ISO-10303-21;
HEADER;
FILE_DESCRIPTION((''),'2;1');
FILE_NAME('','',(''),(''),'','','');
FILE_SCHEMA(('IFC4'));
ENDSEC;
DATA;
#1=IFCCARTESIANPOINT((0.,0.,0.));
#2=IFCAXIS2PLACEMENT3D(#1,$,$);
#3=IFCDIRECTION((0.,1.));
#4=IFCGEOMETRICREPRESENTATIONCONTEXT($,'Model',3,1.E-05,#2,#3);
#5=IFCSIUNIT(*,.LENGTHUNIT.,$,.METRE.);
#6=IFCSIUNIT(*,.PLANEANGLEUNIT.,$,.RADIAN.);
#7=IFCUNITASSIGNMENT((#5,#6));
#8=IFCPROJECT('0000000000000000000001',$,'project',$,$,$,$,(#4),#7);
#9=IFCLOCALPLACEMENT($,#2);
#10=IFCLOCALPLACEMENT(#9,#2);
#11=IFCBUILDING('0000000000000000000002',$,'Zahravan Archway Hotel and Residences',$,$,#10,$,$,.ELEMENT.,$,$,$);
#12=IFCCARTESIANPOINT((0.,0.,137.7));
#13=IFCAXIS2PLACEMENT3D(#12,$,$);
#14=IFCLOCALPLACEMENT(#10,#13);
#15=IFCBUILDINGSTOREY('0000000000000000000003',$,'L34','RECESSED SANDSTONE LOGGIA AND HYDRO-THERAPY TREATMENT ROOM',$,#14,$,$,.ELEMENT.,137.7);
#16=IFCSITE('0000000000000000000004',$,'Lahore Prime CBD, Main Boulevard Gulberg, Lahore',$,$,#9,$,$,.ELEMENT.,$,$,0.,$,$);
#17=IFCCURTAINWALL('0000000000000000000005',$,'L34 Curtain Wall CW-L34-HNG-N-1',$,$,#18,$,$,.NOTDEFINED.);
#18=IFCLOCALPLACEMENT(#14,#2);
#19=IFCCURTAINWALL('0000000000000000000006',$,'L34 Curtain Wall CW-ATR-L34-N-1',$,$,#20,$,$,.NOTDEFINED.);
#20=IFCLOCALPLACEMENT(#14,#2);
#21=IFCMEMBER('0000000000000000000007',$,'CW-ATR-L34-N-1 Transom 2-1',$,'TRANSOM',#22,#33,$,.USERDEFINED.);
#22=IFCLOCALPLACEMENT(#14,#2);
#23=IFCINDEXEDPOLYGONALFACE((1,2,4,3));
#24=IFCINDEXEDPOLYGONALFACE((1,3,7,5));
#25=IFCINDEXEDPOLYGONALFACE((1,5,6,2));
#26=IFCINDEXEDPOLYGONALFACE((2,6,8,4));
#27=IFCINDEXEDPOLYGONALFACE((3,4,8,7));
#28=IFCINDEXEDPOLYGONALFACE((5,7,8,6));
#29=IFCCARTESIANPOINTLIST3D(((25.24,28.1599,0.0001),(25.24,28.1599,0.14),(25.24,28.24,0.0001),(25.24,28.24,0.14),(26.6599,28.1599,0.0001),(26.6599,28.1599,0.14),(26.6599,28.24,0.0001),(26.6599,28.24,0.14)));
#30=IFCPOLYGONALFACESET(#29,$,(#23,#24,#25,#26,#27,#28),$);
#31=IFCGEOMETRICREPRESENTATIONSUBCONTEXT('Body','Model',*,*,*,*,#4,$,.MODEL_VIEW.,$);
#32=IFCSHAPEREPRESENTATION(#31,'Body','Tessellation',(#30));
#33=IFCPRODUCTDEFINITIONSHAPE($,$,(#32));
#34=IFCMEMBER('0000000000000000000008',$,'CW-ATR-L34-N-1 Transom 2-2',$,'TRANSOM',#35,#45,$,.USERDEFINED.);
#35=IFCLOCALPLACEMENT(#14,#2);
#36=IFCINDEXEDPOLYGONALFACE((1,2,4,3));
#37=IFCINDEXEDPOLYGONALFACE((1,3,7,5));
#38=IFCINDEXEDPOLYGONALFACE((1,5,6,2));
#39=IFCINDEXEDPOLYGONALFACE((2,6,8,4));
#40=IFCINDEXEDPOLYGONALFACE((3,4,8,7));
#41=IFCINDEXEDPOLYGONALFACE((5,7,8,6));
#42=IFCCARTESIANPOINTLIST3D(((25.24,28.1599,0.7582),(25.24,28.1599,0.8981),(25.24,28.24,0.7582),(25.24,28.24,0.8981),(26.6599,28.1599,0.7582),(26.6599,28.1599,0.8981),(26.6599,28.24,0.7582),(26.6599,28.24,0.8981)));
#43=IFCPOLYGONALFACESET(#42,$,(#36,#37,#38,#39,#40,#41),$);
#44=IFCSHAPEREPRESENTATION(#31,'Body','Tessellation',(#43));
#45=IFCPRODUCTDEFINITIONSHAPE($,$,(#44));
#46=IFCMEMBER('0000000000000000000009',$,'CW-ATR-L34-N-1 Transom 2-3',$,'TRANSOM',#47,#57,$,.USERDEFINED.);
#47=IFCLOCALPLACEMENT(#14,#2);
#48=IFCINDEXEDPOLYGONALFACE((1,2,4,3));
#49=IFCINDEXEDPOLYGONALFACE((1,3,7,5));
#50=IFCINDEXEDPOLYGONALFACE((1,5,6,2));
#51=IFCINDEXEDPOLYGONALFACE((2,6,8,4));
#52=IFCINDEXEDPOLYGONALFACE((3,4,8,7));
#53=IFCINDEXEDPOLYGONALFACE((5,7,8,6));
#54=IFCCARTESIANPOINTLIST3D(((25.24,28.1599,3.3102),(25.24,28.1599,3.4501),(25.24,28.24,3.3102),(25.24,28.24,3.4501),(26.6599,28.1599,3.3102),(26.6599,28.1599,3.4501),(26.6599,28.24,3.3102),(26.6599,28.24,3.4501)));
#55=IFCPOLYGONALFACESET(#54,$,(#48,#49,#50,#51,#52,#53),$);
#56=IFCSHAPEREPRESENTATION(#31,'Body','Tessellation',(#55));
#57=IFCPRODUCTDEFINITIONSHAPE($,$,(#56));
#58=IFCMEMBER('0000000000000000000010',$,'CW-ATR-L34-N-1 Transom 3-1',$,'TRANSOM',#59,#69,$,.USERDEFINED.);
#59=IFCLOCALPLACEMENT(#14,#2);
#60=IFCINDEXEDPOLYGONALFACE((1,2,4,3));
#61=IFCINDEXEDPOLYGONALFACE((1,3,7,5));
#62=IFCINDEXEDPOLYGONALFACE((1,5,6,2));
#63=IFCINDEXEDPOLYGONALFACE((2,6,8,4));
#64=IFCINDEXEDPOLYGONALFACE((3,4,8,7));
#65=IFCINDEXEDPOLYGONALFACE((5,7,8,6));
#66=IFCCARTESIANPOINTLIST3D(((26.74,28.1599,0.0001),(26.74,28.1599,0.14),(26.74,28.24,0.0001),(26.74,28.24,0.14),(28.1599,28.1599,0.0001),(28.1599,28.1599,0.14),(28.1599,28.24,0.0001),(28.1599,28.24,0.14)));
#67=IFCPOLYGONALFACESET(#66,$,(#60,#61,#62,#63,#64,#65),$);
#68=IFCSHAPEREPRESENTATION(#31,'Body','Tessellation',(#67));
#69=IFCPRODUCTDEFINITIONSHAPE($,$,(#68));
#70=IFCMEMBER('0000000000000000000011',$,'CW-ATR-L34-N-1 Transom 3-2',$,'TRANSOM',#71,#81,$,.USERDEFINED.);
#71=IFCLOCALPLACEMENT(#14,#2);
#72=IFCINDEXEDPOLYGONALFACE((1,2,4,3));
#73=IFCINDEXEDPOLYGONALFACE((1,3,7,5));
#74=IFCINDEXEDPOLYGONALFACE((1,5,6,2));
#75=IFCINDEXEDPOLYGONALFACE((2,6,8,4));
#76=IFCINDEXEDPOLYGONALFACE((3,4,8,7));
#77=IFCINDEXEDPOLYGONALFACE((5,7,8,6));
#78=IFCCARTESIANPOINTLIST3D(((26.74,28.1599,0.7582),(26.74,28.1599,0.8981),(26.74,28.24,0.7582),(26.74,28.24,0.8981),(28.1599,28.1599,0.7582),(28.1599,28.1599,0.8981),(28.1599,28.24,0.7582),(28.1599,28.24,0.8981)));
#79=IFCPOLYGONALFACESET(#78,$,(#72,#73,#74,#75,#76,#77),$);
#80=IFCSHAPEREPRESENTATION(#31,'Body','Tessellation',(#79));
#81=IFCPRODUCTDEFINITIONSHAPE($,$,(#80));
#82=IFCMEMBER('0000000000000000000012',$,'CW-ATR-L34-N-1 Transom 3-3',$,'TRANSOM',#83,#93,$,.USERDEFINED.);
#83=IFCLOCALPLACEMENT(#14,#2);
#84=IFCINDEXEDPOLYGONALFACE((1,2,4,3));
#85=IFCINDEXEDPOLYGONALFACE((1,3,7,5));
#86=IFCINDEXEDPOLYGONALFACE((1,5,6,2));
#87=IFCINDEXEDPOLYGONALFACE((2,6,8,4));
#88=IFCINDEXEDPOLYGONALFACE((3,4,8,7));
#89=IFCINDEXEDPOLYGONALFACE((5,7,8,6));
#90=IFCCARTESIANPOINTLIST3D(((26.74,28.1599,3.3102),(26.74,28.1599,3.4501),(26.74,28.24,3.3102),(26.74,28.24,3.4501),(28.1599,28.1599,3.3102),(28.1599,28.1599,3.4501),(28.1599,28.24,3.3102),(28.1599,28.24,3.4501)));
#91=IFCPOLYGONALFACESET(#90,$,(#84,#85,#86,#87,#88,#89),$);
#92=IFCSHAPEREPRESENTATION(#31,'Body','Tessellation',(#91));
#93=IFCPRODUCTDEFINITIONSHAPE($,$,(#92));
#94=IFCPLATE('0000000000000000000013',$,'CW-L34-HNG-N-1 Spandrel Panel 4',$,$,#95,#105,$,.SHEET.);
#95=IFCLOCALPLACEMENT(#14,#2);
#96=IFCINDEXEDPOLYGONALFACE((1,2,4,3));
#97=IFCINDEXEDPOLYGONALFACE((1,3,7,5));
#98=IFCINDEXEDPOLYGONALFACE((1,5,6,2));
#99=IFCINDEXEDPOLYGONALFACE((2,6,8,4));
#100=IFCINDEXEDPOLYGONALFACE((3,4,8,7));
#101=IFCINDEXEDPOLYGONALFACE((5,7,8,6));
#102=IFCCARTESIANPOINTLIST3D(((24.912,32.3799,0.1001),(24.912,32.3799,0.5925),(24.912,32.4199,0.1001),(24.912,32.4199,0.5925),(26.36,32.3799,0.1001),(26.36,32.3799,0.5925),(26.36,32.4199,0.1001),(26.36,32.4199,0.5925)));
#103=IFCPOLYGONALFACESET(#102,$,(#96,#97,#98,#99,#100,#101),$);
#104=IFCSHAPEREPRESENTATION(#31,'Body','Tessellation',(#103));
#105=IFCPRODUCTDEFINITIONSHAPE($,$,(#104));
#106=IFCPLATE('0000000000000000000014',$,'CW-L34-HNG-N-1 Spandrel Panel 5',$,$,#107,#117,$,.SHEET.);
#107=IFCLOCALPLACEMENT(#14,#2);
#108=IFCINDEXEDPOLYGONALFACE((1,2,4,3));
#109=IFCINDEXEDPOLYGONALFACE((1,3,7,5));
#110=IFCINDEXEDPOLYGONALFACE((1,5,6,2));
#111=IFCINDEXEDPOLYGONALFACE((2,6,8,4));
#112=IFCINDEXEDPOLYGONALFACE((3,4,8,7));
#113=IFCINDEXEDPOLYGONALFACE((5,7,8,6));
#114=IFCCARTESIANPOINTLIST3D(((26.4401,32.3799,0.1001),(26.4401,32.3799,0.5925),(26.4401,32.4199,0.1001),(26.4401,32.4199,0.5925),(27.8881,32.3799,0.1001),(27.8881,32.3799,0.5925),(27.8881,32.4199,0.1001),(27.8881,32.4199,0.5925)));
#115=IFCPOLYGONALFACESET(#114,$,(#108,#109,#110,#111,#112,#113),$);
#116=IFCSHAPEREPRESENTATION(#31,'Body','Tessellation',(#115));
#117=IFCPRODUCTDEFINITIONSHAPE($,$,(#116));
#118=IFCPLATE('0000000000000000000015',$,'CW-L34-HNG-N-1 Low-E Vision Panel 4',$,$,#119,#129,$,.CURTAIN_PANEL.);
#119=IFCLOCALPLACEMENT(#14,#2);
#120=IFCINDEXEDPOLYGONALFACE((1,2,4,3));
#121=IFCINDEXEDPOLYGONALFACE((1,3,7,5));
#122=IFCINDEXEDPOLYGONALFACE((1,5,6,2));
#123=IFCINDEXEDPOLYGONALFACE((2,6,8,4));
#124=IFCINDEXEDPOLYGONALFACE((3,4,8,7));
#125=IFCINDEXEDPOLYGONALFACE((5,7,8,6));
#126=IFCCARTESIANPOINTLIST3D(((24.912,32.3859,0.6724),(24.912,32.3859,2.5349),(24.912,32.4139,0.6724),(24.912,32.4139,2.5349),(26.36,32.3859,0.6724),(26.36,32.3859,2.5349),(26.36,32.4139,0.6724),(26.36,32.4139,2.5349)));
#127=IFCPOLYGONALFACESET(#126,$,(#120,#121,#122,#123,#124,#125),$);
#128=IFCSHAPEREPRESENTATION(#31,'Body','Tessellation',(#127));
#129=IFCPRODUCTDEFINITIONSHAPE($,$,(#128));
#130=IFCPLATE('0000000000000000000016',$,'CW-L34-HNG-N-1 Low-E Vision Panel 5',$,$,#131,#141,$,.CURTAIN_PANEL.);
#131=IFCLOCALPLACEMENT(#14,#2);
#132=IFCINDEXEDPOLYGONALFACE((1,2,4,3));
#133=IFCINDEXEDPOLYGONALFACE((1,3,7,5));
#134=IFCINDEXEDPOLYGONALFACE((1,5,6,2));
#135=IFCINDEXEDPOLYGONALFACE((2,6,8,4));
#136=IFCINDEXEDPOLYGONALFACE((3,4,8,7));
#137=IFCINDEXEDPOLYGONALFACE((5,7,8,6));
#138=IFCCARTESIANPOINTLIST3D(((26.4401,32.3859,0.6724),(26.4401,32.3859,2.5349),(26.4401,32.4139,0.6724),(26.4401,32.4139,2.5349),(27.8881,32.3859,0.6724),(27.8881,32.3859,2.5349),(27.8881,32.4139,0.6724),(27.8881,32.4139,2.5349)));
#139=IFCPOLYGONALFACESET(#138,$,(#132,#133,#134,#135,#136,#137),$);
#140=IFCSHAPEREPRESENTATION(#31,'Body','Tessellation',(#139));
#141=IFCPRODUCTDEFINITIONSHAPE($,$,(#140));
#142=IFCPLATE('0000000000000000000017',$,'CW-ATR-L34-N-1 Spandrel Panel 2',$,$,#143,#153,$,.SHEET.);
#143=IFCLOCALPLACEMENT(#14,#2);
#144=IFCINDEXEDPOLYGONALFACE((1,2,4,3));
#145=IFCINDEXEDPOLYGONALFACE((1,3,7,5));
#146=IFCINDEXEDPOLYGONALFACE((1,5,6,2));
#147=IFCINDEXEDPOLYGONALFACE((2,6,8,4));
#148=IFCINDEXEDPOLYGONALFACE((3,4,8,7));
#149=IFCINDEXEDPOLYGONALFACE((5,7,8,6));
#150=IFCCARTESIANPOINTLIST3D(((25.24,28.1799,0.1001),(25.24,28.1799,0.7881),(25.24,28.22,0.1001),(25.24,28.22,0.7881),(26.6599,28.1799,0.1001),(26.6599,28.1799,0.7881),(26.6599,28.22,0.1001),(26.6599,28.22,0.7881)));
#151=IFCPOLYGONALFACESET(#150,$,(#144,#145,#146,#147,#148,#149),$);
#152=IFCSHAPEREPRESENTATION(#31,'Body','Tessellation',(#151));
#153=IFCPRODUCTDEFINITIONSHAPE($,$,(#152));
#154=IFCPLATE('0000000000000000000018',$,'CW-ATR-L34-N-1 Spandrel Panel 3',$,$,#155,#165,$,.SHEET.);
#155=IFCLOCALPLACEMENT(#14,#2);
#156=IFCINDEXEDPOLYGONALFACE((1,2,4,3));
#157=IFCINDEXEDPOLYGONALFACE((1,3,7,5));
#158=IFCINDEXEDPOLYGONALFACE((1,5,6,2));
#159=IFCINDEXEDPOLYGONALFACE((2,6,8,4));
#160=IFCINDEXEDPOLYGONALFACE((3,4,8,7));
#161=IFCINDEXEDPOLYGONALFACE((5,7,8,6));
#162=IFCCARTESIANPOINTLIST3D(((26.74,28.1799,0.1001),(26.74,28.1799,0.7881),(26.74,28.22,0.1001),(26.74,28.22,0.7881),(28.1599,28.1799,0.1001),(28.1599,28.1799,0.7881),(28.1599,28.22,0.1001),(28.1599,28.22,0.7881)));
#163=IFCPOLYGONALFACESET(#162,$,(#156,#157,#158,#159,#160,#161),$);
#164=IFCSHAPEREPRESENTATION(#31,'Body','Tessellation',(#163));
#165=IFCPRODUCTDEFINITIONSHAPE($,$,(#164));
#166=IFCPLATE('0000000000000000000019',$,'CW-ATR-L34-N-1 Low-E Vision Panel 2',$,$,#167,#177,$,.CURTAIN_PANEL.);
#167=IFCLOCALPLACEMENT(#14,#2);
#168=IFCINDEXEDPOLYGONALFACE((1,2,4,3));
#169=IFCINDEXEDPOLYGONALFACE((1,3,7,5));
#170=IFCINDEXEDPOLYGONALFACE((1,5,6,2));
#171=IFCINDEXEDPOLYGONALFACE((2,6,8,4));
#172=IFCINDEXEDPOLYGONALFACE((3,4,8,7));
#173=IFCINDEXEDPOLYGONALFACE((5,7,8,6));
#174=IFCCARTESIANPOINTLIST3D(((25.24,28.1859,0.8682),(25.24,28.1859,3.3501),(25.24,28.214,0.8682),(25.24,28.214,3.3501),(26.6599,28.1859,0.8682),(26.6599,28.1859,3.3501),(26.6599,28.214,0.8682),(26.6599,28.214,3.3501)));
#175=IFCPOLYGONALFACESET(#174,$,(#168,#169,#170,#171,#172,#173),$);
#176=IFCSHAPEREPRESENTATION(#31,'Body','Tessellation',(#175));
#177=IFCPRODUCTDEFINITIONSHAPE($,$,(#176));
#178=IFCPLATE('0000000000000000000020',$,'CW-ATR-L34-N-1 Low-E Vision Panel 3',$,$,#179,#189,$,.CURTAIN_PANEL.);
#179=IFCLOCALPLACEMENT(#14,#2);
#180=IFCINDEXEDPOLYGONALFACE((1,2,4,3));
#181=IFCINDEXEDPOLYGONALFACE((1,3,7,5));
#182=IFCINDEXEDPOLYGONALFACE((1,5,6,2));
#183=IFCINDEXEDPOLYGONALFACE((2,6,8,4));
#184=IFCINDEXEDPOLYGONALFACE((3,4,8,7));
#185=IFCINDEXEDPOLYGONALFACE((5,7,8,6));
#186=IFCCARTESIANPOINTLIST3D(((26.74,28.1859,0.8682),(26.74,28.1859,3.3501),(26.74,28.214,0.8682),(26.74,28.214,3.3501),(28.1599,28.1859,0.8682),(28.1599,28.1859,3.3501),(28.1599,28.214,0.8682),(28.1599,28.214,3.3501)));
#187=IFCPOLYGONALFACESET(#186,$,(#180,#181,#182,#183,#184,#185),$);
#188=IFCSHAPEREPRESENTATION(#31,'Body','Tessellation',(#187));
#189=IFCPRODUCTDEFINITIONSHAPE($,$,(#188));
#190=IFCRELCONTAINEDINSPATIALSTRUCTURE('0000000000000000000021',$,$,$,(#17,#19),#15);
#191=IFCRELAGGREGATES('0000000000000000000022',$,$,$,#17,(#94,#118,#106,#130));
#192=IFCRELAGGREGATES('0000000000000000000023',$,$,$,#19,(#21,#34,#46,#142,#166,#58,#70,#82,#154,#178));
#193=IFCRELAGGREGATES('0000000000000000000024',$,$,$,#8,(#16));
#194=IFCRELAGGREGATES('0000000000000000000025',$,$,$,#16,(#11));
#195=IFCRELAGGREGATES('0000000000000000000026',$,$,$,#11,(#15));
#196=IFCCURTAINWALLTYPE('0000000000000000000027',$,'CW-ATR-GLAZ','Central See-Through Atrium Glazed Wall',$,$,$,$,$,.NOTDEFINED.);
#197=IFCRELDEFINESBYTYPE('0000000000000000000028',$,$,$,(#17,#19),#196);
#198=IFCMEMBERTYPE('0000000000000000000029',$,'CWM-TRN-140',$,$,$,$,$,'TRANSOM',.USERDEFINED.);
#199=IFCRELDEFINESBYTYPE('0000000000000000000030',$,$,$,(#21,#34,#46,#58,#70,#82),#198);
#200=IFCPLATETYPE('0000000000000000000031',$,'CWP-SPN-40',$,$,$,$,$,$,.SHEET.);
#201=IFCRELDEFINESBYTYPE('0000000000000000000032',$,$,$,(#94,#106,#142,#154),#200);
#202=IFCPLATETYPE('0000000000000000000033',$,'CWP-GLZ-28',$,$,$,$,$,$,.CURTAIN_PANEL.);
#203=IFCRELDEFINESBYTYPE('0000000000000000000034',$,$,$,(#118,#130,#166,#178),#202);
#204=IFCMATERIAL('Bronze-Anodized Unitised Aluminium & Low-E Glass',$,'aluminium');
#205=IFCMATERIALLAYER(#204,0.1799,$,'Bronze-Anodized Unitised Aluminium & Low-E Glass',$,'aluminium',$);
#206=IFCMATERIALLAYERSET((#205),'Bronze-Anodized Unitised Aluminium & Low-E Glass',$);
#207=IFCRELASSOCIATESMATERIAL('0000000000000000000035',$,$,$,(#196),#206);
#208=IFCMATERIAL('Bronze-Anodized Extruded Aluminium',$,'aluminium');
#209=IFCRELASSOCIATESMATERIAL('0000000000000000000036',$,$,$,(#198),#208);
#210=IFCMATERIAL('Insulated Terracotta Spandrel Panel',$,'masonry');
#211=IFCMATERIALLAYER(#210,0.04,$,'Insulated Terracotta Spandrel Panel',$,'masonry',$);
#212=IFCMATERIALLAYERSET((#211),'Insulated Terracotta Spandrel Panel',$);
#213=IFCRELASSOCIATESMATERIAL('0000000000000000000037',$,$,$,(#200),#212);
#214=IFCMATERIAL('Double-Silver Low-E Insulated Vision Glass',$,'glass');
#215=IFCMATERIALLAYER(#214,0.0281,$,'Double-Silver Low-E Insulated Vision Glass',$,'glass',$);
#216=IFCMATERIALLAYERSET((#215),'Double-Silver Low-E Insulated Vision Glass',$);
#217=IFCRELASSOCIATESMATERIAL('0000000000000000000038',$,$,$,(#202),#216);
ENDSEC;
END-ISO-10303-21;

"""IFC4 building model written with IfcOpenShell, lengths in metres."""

from ifc_helpers import new_model, si_unit, direction, frame, origin, origin_2d, place, context, subcontext, project, spatial, rectangle, extrude, source, transform, mapped, material, layer, layer_set, material_profile, profile_set, type_object, element, aggregate, save


model = new_model("IFC4")

# Units and contexts
model_context = context("Model", 3, precision=1e-05, world=origin(), true_north=direction((0.0, 1.0)))
body_context = subcontext(model_context, "Body", "Model", "MODEL_VIEW")
ifc_project = project(units=[si_unit("LENGTHUNIT", "METRE"), si_unit("PLANEANGLEUNIT", "RADIAN")], contexts=[model_context])

# Site, building, storey
site_placement = place(None, origin())
site = spatial("IfcSite", under=ifc_project, at=site_placement, Name="Lahore Prime CBD, Main Boulevard Gulberg, Lahore", CompositionType="ELEMENT", RefElevation=0.0)
building_placement = place(site_placement, origin())
building = spatial("IfcBuilding", under=site, at=building_placement, Name="Zahravan Archway Hotel and Residences", CompositionType="ELEMENT")
storey_placement = place(building_placement, frame((0.0, 0.0, 137.7)))
storey = spatial("IfcBuildingStorey", under=building, at=storey_placement, Name="L34", Description="RECESSED SANDSTONE LOGGIA AND HYDRO-THERAPY TREATMENT ROOM", CompositionType="ELEMENT", Elevation=137.7)

# Curtain walls, members
ifc_material_1 = material(Name="Bronze-Anodized Unitised Aluminium & Low-E Glass", Category="aluminium")
ifc_layer_1 = layer(ifc_material_1, 0.1799, Name="Bronze-Anodized Unitised Aluminium & Low-E Glass", Category="aluminium")
ifc_layer_set_1 = layer_set([ifc_layer_1], Name="Bronze-Anodized Unitised Aluminium & Low-E Glass")
curtain_wall_type = type_object("IfcCurtainWallType", Name="CW-ATR-GLAZ", Description="Central See-Through Atrium Glazed Wall", PredefinedType="NOTDEFINED", material=ifc_layer_set_1)
curtain_wall_1_placement = place(storey_placement, origin())
curtain_wall_1 = element("IfcCurtainWall", 1, at=curtain_wall_1_placement, inside=storey, type_object=curtain_wall_type, Name="L34 Curtain Wall CW-L34-HNG-N-1", PredefinedType="NOTDEFINED")
ifc_material_2 = material(Name="Bronze-Anodized Extruded Aluminium", Category="aluminium")
ifc_material_profile_1 = material_profile(ifc_material_2, rectangle(XDim=0.0801, YDim=0.1399, at=origin_2d()), Name="TRN 80x140", Category="aluminium")
ifc_profile_set_1 = profile_set([ifc_material_profile_1], Name="Bronze-Anodized Extruded Aluminium")
member_type_1 = type_object("IfcMemberType", Name="CWM-TRN-140", ElementType="TRANSOM", PredefinedType="USERDEFINED", material=ifc_profile_set_1)
curtain_wall_2_placement = place(storey_placement, origin())
curtain_wall_2 = element("IfcCurtainWall", 2, at=curtain_wall_2_placement, inside=storey, type_object=curtain_wall_type, Name="L34 Curtain Wall CW-ATR-L34-N-1", PredefinedType="NOTDEFINED")
shared_shape_1 = source(origin(), body_context, "Body", "SweptSolid", [
    extrude(rectangle(XDim=0.0801, YDim=0.1399, at=origin_2d()), origin(), (0.0, 0.0, 1.0), 1.4199),
])
member_1_placement = place(storey_placement, frame((25.24, 28.2, 0.0701), z_axis=(1.0, 0.0, 0.0), x_axis=(0.0, 1.0, 0.0)))
member_1 = element("IfcMember", 3, at=member_1_placement, type_object=member_type_1, Name="CW-ATR-L34-N-1 Transom 2-1", ObjectType="TRANSOM", PredefinedType="USERDEFINED", context=body_context, shape_type="MappedRepresentation", body=[
    mapped(shared_shape_1, transform((0.0, 0.0, 0.0), scale=1.0)),
])
member_2_placement = place(storey_placement, frame((25.24, 28.2, 0.8281), z_axis=(1.0, 0.0, 0.0), x_axis=(0.0, 1.0, 0.0)))
member_2 = element("IfcMember", 4, at=member_2_placement, type_object=member_type_1, Name="CW-ATR-L34-N-1 Transom 2-2", ObjectType="TRANSOM", PredefinedType="USERDEFINED", context=body_context, shape_type="MappedRepresentation", body=[
    mapped(shared_shape_1, transform((0.0, 0.0, 0.0), scale=1.0)),
])
member_3_placement = place(storey_placement, frame((25.24, 28.2, 3.3801), z_axis=(1.0, 0.0, 0.0), x_axis=(0.0, 1.0, 0.0)))
member_3 = element("IfcMember", 5, at=member_3_placement, type_object=member_type_1, Name="CW-ATR-L34-N-1 Transom 2-3", ObjectType="TRANSOM", PredefinedType="USERDEFINED", context=body_context, shape_type="MappedRepresentation", body=[
    mapped(shared_shape_1, transform((0.0, 0.0, 0.0), scale=1.0)),
])
member_4_placement = place(storey_placement, frame((26.74, 28.2, 0.0701), z_axis=(1.0, 0.0, 0.0), x_axis=(0.0, 1.0, 0.0)))
member_4 = element("IfcMember", 6, at=member_4_placement, type_object=member_type_1, Name="CW-ATR-L34-N-1 Transom 3-1", ObjectType="TRANSOM", PredefinedType="USERDEFINED", context=body_context, shape_type="MappedRepresentation", body=[
    mapped(shared_shape_1, transform((0.0, 0.0, 0.0), scale=1.0)),
])
member_5_placement = place(storey_placement, frame((26.74, 28.2, 0.8281), z_axis=(1.0, 0.0, 0.0), x_axis=(0.0, 1.0, 0.0)))
member_5 = element("IfcMember", 7, at=member_5_placement, type_object=member_type_1, Name="CW-ATR-L34-N-1 Transom 3-2", ObjectType="TRANSOM", PredefinedType="USERDEFINED", context=body_context, shape_type="MappedRepresentation", body=[
    mapped(shared_shape_1, transform((0.0, 0.0, 0.0), scale=1.0)),
])
member_6_placement = place(storey_placement, frame((26.74, 28.2, 3.3801), z_axis=(1.0, 0.0, 0.0), x_axis=(0.0, 1.0, 0.0)))
member_6 = element("IfcMember", 8, at=member_6_placement, type_object=member_type_1, Name="CW-ATR-L34-N-1 Transom 3-3", ObjectType="TRANSOM", PredefinedType="USERDEFINED", context=body_context, shape_type="MappedRepresentation", body=[
    mapped(shared_shape_1, transform((0.0, 0.0, 0.0), scale=1.0)),
])

# Plates
ifc_material_3 = material(Name="Insulated Terracotta Spandrel Panel", Category="masonry")
ifc_layer_2 = layer(ifc_material_3, 0.04, Name="Insulated Terracotta Spandrel Panel", Category="masonry")
ifc_layer_set_2 = layer_set([ifc_layer_2], Name="Insulated Terracotta Spandrel Panel")
plate_type_1 = type_object("IfcPlateType", Name="CWP-SPN-40", PredefinedType="SHEET", material=ifc_layer_set_2)
shared_shape_2 = source(origin(), body_context, "Body", "SweptSolid", [
    extrude(rectangle(XDim=1.448, YDim=0.04, at=origin_2d()), origin(), (0.0, 0.0, 1.0), 0.4924),
])
plate_1_placement = place(storey_placement, frame((25.636, 32.3999, 0.1001), z_axis=(0.0, 0.0, 1.0), x_axis=(1.0, 0.0, 0.0)))
plate_1 = element("IfcPlate", 9, at=plate_1_placement, type_object=plate_type_1, Name="CW-L34-HNG-N-1 Spandrel Panel 4", PredefinedType="SHEET", context=body_context, shape_type="MappedRepresentation", body=[
    mapped(shared_shape_2, transform((0.0, 0.0, 0.0), scale=1.0)),
])
plate_2_placement = place(storey_placement, frame((27.1641, 32.3999, 0.1001), z_axis=(0.0, 0.0, 1.0), x_axis=(1.0, 0.0, 0.0)))
plate_2 = element("IfcPlate", 10, at=plate_2_placement, type_object=plate_type_1, Name="CW-L34-HNG-N-1 Spandrel Panel 5", PredefinedType="SHEET", context=body_context, shape_type="MappedRepresentation", body=[
    mapped(shared_shape_2, transform((0.0, 0.0, 0.0), scale=1.0)),
])
ifc_material_4 = material(Name="Double-Silver Low-E Insulated Vision Glass", Category="glass")
ifc_layer_3 = layer(ifc_material_4, 0.0281, Name="Double-Silver Low-E Insulated Vision Glass", Category="glass")
ifc_layer_set_3 = layer_set([ifc_layer_3], Name="Double-Silver Low-E Insulated Vision Glass")
plate_type_2 = type_object("IfcPlateType", Name="CWP-GLZ-28", PredefinedType="CURTAIN_PANEL", material=ifc_layer_set_3)
shared_shape_3 = source(origin(), body_context, "Body", "SweptSolid", [
    extrude(rectangle(XDim=1.448, YDim=0.0281, at=origin_2d()), origin(), (0.0, 0.0, 1.0), 1.8625),
])
plate_3_placement = place(storey_placement, frame((25.636, 32.3999, 0.6724), z_axis=(0.0, 0.0, 1.0), x_axis=(1.0, 0.0, 0.0)))
plate_3 = element("IfcPlate", 11, at=plate_3_placement, type_object=plate_type_2, Name="CW-L34-HNG-N-1 Low-E Vision Panel 4", PredefinedType="CURTAIN_PANEL", context=body_context, shape_type="MappedRepresentation", body=[
    mapped(shared_shape_3, transform((0.0, 0.0, 0.0), scale=1.0)),
])
plate_4_placement = place(storey_placement, frame((27.1641, 32.3999, 0.6724), z_axis=(0.0, 0.0, 1.0), x_axis=(1.0, 0.0, 0.0)))
plate_4 = element("IfcPlate", 12, at=plate_4_placement, type_object=plate_type_2, Name="CW-L34-HNG-N-1 Low-E Vision Panel 5", PredefinedType="CURTAIN_PANEL", context=body_context, shape_type="MappedRepresentation", body=[
    mapped(shared_shape_3, transform((0.0, 0.0, 0.0), scale=1.0)),
])
aggregate(curtain_wall_1, [plate_1, plate_3, plate_2, plate_4])
shared_shape_4 = source(origin(), body_context, "Body", "SweptSolid", [
    extrude(rectangle(XDim=1.4199, YDim=0.04, at=origin_2d()), origin(), (0.0, 0.0, 1.0), 0.688),
])
plate_5_placement = place(storey_placement, frame((25.95, 28.2, 0.1001), z_axis=(0.0, 0.0, 1.0), x_axis=(1.0, 0.0, 0.0)))
plate_5 = element("IfcPlate", 13, at=plate_5_placement, type_object=plate_type_1, Name="CW-ATR-L34-N-1 Spandrel Panel 2", PredefinedType="SHEET", context=body_context, shape_type="MappedRepresentation", body=[
    mapped(shared_shape_4, transform((0.0, 0.0, 0.0), scale=1.0)),
])
plate_6_placement = place(storey_placement, frame((27.45, 28.2, 0.1001), z_axis=(0.0, 0.0, 1.0), x_axis=(1.0, 0.0, 0.0)))
plate_6 = element("IfcPlate", 14, at=plate_6_placement, type_object=plate_type_1, Name="CW-ATR-L34-N-1 Spandrel Panel 3", PredefinedType="SHEET", context=body_context, shape_type="MappedRepresentation", body=[
    mapped(shared_shape_4, transform((0.0, 0.0, 0.0), scale=1.0)),
])
shared_shape_5 = source(origin(), body_context, "Body", "SweptSolid", [
    extrude(rectangle(XDim=1.4199, YDim=0.0281, at=origin_2d()), origin(), (0.0, 0.0, 1.0), 2.4819),
])
plate_7_placement = place(storey_placement, frame((25.95, 28.2, 0.8682), z_axis=(0.0, 0.0, 1.0), x_axis=(1.0, 0.0, 0.0)))
plate_7 = element("IfcPlate", 15, at=plate_7_placement, type_object=plate_type_2, Name="CW-ATR-L34-N-1 Low-E Vision Panel 2", PredefinedType="CURTAIN_PANEL", context=body_context, shape_type="MappedRepresentation", body=[
    mapped(shared_shape_5, transform((0.0, 0.0, 0.0), scale=1.0)),
])
plate_8_placement = place(storey_placement, frame((27.45, 28.2, 0.8682), z_axis=(0.0, 0.0, 1.0), x_axis=(1.0, 0.0, 0.0)))
plate_8 = element("IfcPlate", 16, at=plate_8_placement, type_object=plate_type_2, Name="CW-ATR-L34-N-1 Low-E Vision Panel 3", PredefinedType="CURTAIN_PANEL", context=body_context, shape_type="MappedRepresentation", body=[
    mapped(shared_shape_5, transform((0.0, 0.0, 0.0), scale=1.0)),
])
aggregate(curtain_wall_2, [member_1, member_2, member_3, plate_5, plate_7, member_4, member_5, member_6, plate_6, plate_8])

save(model, "model.ifc")
